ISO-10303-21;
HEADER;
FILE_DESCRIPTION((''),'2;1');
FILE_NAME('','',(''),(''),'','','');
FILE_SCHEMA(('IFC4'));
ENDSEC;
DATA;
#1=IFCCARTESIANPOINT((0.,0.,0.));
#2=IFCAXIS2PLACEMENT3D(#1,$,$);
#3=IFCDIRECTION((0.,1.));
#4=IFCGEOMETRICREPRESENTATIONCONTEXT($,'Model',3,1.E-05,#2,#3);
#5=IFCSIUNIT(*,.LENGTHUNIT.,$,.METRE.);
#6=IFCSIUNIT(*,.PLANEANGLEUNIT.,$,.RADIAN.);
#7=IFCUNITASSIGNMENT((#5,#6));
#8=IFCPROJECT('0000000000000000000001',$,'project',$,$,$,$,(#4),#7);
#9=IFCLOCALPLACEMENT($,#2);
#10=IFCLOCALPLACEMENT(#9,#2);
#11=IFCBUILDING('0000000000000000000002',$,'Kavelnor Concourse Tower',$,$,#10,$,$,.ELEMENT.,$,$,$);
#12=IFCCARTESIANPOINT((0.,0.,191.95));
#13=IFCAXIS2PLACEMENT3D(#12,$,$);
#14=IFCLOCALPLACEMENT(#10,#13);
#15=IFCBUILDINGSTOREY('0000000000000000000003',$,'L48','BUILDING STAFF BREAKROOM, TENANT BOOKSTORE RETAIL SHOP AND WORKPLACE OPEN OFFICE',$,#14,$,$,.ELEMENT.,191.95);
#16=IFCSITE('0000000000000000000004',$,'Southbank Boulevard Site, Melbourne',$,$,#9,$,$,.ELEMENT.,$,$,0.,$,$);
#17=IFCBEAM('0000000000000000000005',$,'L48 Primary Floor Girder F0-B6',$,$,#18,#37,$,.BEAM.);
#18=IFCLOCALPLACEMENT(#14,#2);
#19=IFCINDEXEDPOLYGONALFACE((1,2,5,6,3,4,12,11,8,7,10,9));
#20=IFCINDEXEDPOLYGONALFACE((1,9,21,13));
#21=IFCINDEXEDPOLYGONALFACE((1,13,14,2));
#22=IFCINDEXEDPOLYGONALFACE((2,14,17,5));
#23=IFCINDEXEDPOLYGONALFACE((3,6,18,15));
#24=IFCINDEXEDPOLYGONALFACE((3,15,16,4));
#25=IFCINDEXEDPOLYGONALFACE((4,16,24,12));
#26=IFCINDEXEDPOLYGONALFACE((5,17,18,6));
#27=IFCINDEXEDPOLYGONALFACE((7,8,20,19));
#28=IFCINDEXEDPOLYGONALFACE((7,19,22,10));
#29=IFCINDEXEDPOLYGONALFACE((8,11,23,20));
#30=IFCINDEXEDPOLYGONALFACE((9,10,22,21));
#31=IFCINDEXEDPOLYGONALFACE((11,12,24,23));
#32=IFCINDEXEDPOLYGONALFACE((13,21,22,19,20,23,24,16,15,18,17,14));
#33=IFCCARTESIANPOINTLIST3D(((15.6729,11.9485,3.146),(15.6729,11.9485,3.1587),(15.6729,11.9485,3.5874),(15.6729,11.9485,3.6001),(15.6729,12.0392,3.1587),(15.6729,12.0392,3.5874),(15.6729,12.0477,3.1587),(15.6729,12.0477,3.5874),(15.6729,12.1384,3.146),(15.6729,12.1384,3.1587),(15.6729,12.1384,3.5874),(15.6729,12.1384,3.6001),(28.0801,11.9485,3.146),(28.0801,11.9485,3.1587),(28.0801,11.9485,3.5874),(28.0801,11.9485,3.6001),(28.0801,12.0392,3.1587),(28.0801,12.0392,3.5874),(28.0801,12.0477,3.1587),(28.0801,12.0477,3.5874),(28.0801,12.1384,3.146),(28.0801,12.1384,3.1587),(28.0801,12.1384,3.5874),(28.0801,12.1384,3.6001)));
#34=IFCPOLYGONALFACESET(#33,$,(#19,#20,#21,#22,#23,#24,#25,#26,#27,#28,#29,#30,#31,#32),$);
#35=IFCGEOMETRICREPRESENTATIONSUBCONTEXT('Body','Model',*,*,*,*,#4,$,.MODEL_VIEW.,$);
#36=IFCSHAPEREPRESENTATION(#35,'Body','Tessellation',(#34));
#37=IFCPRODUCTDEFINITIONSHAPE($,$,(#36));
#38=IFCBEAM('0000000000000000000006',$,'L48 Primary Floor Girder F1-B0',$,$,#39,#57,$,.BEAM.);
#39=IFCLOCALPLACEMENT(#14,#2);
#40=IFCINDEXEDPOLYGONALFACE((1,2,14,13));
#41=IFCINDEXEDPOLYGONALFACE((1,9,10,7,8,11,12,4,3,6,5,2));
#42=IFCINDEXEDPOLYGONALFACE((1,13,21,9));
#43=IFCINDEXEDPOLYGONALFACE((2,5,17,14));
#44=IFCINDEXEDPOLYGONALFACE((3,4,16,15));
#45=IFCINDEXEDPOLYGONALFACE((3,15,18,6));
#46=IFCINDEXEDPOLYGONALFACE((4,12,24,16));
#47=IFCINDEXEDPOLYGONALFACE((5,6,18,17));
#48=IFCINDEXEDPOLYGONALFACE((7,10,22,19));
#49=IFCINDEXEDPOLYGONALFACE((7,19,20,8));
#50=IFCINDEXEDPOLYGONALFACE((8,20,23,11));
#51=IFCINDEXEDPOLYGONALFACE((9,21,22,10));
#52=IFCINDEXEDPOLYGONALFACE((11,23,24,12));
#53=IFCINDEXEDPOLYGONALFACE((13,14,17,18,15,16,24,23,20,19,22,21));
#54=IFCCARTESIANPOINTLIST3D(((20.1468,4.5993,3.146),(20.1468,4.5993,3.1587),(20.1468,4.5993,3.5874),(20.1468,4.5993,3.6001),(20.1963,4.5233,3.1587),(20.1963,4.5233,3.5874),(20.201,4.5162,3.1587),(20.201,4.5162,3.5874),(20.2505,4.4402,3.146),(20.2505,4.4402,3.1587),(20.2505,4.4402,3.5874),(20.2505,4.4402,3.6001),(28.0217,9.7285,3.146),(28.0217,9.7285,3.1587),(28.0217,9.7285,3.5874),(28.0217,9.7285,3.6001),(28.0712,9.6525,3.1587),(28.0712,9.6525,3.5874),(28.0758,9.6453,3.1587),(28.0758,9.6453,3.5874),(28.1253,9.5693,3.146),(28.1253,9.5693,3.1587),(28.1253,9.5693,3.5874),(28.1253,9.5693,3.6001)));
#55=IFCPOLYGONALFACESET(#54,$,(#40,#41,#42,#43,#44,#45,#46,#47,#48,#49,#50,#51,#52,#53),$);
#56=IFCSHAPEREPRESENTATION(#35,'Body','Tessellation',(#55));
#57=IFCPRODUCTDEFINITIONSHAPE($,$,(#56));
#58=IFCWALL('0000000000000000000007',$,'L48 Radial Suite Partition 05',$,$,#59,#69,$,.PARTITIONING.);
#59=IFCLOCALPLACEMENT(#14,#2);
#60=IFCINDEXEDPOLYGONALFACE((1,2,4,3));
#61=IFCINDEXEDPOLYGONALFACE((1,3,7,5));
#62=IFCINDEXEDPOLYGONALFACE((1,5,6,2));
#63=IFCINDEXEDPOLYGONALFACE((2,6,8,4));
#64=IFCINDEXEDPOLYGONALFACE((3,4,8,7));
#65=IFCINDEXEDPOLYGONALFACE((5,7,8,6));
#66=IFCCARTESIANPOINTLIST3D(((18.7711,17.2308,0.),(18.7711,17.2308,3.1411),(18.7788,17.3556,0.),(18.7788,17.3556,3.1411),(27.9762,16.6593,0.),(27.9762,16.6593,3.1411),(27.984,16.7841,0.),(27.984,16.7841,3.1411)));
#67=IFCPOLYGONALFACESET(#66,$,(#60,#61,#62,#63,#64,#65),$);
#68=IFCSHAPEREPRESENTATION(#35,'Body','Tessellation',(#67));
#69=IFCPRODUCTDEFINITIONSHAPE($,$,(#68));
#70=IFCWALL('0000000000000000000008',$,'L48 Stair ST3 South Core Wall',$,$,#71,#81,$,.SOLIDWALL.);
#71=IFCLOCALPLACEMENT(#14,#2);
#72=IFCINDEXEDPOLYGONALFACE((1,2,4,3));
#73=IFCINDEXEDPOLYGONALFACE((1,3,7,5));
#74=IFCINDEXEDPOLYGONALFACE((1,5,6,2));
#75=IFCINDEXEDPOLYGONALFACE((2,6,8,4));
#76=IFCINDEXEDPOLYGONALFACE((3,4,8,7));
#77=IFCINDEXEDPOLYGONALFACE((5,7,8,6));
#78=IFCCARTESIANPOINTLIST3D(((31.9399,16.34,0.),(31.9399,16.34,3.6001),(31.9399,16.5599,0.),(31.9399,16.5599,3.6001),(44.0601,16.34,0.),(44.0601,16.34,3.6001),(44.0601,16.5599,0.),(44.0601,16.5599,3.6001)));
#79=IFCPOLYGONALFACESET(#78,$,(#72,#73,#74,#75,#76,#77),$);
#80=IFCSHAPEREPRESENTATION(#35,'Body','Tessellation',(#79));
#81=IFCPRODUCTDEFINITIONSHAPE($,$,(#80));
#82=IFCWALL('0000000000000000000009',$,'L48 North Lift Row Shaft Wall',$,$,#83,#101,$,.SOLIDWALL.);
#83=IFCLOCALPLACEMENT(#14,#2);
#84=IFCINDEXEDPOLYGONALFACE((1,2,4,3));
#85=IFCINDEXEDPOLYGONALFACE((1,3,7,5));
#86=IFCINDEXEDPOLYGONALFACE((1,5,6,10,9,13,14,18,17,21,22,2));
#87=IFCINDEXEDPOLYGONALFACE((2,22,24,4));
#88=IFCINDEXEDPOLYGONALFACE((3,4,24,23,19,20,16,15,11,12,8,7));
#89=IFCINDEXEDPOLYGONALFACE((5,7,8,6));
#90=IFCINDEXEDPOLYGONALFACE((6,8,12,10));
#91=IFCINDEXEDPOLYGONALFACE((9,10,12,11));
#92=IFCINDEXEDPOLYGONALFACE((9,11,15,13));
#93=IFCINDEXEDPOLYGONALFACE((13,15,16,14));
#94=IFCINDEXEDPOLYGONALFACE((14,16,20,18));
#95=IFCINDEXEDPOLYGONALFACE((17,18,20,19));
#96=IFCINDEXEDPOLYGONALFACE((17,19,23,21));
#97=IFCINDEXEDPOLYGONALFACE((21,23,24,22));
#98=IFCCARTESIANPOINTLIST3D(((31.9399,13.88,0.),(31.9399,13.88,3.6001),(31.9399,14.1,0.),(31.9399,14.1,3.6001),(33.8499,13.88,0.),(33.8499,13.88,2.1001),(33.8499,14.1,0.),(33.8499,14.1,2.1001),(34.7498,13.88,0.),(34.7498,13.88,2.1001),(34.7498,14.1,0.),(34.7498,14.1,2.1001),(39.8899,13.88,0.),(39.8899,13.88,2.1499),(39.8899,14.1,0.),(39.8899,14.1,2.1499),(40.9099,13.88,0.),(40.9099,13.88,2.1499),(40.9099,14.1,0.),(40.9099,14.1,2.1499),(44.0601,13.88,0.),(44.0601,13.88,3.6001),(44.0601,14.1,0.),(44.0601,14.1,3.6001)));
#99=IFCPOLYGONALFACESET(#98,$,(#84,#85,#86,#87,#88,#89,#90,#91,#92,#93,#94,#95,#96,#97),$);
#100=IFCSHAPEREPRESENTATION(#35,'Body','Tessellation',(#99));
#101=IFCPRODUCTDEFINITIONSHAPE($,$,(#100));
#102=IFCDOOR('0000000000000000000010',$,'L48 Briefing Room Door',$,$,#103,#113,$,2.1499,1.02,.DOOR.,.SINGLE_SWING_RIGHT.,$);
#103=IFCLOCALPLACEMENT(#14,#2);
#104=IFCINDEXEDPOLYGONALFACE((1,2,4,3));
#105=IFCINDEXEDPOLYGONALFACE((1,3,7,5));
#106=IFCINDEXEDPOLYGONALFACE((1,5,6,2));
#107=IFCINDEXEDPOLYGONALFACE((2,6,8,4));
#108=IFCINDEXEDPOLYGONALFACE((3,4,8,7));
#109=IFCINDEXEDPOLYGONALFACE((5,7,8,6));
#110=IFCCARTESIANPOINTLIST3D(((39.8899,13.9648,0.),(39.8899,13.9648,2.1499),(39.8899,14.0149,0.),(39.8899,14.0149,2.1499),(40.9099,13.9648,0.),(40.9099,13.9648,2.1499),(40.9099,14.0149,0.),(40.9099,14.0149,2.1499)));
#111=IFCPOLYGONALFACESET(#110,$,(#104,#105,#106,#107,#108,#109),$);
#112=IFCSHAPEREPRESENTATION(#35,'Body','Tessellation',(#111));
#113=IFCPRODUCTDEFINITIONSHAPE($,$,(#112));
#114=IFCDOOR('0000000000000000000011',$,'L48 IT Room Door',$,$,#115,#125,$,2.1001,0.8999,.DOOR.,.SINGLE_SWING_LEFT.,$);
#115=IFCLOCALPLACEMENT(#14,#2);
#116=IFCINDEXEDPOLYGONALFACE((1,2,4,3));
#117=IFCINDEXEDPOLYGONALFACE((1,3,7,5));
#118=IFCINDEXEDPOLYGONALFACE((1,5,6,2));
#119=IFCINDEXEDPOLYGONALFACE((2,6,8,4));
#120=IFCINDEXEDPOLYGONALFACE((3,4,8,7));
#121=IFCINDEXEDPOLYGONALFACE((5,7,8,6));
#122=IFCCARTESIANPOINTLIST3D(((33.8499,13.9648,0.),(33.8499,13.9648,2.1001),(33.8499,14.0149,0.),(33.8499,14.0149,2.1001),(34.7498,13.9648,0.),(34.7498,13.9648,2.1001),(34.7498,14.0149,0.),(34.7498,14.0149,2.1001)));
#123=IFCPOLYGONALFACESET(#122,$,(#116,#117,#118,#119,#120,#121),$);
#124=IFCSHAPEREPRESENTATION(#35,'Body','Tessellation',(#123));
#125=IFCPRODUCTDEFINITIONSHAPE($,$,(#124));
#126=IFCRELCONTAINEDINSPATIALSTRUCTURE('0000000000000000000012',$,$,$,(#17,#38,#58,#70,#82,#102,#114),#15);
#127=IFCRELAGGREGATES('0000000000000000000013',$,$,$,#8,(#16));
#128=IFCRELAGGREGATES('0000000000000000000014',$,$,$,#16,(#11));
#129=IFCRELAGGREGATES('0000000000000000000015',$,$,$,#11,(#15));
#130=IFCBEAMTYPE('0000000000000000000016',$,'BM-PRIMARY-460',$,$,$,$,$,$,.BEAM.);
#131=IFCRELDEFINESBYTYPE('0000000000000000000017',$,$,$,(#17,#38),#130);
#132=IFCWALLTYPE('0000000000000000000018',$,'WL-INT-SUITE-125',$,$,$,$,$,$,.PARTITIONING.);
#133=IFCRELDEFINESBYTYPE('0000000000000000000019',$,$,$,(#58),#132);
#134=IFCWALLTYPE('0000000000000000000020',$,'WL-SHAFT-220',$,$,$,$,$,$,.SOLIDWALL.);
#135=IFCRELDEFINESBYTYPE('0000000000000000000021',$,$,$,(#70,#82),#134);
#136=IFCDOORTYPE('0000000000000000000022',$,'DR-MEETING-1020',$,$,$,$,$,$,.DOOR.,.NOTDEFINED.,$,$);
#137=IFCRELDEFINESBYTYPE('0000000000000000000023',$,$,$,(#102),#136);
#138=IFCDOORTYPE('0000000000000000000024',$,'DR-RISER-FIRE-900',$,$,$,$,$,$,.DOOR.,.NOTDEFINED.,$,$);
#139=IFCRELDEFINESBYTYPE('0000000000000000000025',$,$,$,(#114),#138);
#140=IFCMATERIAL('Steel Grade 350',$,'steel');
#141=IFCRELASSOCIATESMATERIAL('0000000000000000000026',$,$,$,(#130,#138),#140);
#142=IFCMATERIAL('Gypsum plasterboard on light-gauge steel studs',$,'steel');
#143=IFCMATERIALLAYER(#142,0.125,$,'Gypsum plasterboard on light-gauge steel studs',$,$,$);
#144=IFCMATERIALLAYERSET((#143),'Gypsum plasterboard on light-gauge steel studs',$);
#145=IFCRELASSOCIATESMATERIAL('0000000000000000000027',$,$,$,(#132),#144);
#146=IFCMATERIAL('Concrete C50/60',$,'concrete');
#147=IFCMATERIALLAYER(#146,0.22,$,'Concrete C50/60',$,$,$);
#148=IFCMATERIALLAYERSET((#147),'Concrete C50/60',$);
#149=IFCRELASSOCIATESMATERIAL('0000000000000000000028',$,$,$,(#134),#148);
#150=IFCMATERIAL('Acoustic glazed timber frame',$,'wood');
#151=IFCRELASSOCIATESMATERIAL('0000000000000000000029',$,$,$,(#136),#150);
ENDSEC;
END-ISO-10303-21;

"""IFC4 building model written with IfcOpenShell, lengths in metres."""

from ifc_helpers import new_model, si_unit, direction, frame, frame_2d, origin, origin_2d, place, context, subcontext, project, spatial, rectangle, i_section, extrude, material, layer, layer_set, material_profile, profile_set, type_object, element, fill, save


model = new_model("IFC4")

# Units and contexts
model_context = context("Model", 3, precision=1e-05, world=origin(), true_north=direction((0.0, 1.0)))
body_context = subcontext(model_context, "Body", "Model", "MODEL_VIEW")
ifc_project = project(units=[si_unit("LENGTHUNIT", "METRE"), si_unit("PLANEANGLEUNIT", "RADIAN")], contexts=[model_context])

# Site, building, storey
site_placement = place(None, origin())
site = spatial("IfcSite", under=ifc_project, at=site_placement, Name="Southbank Boulevard Site, Melbourne", CompositionType="ELEMENT", RefElevation=0.0)
building_placement = place(site_placement, origin())
building = spatial("IfcBuilding", under=site, at=building_placement, Name="Kavelnor Concourse Tower", CompositionType="ELEMENT")
storey_placement = place(building_placement, frame((0.0, 0.0, 191.95)))
storey = spatial("IfcBuildingStorey", under=building, at=storey_placement, Name="L48", Description="BUILDING STAFF BREAKROOM, TENANT BOOKSTORE RETAIL SHOP AND WORKPLACE OPEN OFFICE", CompositionType="ELEMENT", Elevation=191.95)

# Beams
ifc_material_1 = material(Name="Steel Grade 350", Category="steel")
ifc_material_profile = material_profile(ifc_material_1, i_section(OverallWidth=0.1899, OverallDepth=0.4541, WebThickness=0.0085, FlangeThickness=0.0127, at=origin_2d()), Name="460UB67")
ifc_profile_set = profile_set([ifc_material_profile], Name="Steel Grade 350")
beam_type = type_object("IfcBeamType", Name="BM-PRIMARY-460", PredefinedType="BEAM", material=ifc_profile_set)
beam_1_placement = place(storey_placement, frame((28.0801, 12.0435, 3.373), z_axis=(-1.0, 0.0, 0.0), x_axis=(0.0, -1.0, 0.0)))
element("IfcBeam", 1, at=beam_1_placement, inside=storey, type_object=beam_type, Name="L48 Primary Floor Girder F0-B6", PredefinedType="BEAM", context=body_context, shape_type="SweptSolid", body=[
    extrude(i_section(OverallWidth=0.1899, OverallDepth=0.4541, WebThickness=0.0085, FlangeThickness=0.0127, at=origin_2d()), origin(), (0.0, 0.0, 1.0), 12.4072),
])
beam_2_placement = place(storey_placement, frame((28.0735, 9.6489, 3.373), z_axis=(-0.83793, -0.545778, 0.0), x_axis=(0.545778, -0.83793, 0.0)))
element("IfcBeam", 2, at=beam_2_placement, inside=storey, type_object=beam_type, Name="L48 Primary Floor Girder F1-B0", PredefinedType="BEAM", context=body_context, shape_type="SweptSolid", body=[
    extrude(i_section(OverallWidth=0.1899, OverallDepth=0.4541, WebThickness=0.0085, FlangeThickness=0.0127, at=origin_2d()), origin(), (0.0, 0.0, 1.0), 9.3979),
])

# Walls
ifc_material_2 = material(Name="Gypsum plasterboard on light-gauge steel studs", Category="steel")
ifc_layer_1 = layer(ifc_material_2, 0.125, Name="Gypsum plasterboard on light-gauge steel studs")
ifc_layer_set_1 = layer_set([ifc_layer_1], Name="Gypsum plasterboard on light-gauge steel studs")
wall_type_1 = type_object("IfcWallType", Name="WL-INT-SUITE-125", PredefinedType="PARTITIONING", material=ifc_layer_set_1)
wall_1_placement = place(storey_placement, frame((27.98, 16.7217, 0.0), z_axis=(0.0, 0.0, 1.0), x_axis=(-0.998078, 0.06197, 0.0)))
element("IfcWall", 3, at=wall_1_placement, inside=storey, type_object=wall_type_1, Name="L48 Radial Suite Partition 05", PredefinedType="PARTITIONING", context=body_context, shape_type="SweptSolid", body=[
    extrude(rectangle(XDim=9.2229, YDim=0.125, at=frame_2d((4.6113, 0.0))), origin(), (0.0, 0.0, 1.0), 3.1411),
])
ifc_material_3 = material(Name="Concrete C50/60", Category="concrete")
ifc_layer_2 = layer(ifc_material_3, 0.22, Name="Concrete C50/60")
ifc_layer_set_2 = layer_set([ifc_layer_2], Name="Concrete C50/60")
wall_type_2 = type_object("IfcWallType", Name="WL-SHAFT-220", PredefinedType="SOLIDWALL", material=ifc_layer_set_2)
wall_2_placement = place(storey_placement, frame((31.9399, 16.45, 0.0), z_axis=(0.0, 0.0, 1.0), x_axis=(1.0, 0.0, 0.0)))
element("IfcWall", 4, at=wall_2_placement, inside=storey, type_object=wall_type_2, Name="L48 Stair ST3 South Core Wall", PredefinedType="SOLIDWALL", context=body_context, shape_type="SweptSolid", body=[
    extrude(rectangle(XDim=12.1201, YDim=0.22, at=frame_2d((6.0601, 0.0))), origin(), (0.0, 0.0, 1.0), 3.6001),
])

# Wall, openings, doors
wall_3_placement = place(storey_placement, frame((31.9399, 13.99, 0.0), z_axis=(0.0, 0.0, 1.0), x_axis=(1.0, 0.0, 0.0)))
wall_3 = element("IfcWall", 5, at=wall_3_placement, inside=storey, type_object=wall_type_2, Name="L48 North Lift Row Shaft Wall", PredefinedType="SOLIDWALL", context=body_context, shape_type="SweptSolid", body=[
    extrude(rectangle(XDim=12.1201, YDim=0.22, at=frame_2d((6.0601, 0.0))), origin(), (0.0, 0.0, 1.0), 3.6001),
])
opening_1_placement = place(wall_3_placement, frame((1.9099, 0.0, 0.0)))
opening_1 = element("IfcOpeningElement", 6, at=opening_1_placement, cuts=wall_3, PredefinedType="OPENING", context=body_context, shape_type="SweptSolid", body=[
    extrude(rectangle(XDim=0.8999, YDim=2.1001, at=frame_2d((0.45, 1.05))), frame((0.0, 0.1201, 0.0), z_axis=(0.0, -1.0, 0.0), x_axis=(1.0, 0.0, 0.0)), (0.0, 0.0, 1.0), 0.24),
])
opening_2_placement = place(wall_3_placement, frame((7.95, 0.0, 0.0)))
opening_2 = element("IfcOpeningElement", 7, at=opening_2_placement, cuts=wall_3, PredefinedType="OPENING", context=body_context, shape_type="SweptSolid", body=[
    extrude(rectangle(XDim=1.02, YDim=2.1499, at=frame_2d((0.51, 1.075))), frame((0.0, 0.1201, 0.0), z_axis=(0.0, -1.0, 0.0), x_axis=(1.0, 0.0, 0.0)), (0.0, 0.0, 1.0), 0.24),
])
ifc_material_4 = material(Name="Acoustic glazed timber frame", Category="wood")
door_type_1 = type_object("IfcDoorType", Name="DR-MEETING-1020", OperationType="NOTDEFINED", PredefinedType="DOOR", material=ifc_material_4)
door_1_placement = place(opening_2_placement, origin())
door_1 = element("IfcDoor", 8, at=door_1_placement, inside=storey, type_object=door_type_1, Name="L48 Briefing Room Door", OperationType="SINGLE_SWING_RIGHT", OverallHeight=2.1499, OverallWidth=1.02, PredefinedType="DOOR", context=body_context, shape_type="SweptSolid", body=[
    extrude(rectangle(XDim=1.02, YDim=2.1499, at=frame_2d((0.51, 1.075))), frame((0.0, 0.0249, 0.0), z_axis=(0.0, -1.0, 0.0), x_axis=(1.0, 0.0, 0.0)), (0.0, 0.0, 1.0), 0.05),
])
fill(opening_2, door_1)
door_type_2 = type_object("IfcDoorType", Name="DR-RISER-FIRE-900", OperationType="NOTDEFINED", PredefinedType="DOOR", material=ifc_material_1)
door_2_placement = place(opening_1_placement, origin())
door_2 = element("IfcDoor", 9, at=door_2_placement, inside=storey, type_object=door_type_2, Name="L48 IT Room Door", OperationType="SINGLE_SWING_LEFT", OverallHeight=2.1001, OverallWidth=0.8999, PredefinedType="DOOR", context=body_context, shape_type="SweptSolid", body=[
    extrude(rectangle(XDim=0.8999, YDim=2.1001, at=frame_2d((0.45, 1.05))), frame((0.0, 0.0249, 0.0), z_axis=(0.0, -1.0, 0.0), x_axis=(1.0, 0.0, 0.0)), (0.0, 0.0, 1.0), 0.05),
])
fill(opening_1, door_2)

save(model, "model.ifc")
